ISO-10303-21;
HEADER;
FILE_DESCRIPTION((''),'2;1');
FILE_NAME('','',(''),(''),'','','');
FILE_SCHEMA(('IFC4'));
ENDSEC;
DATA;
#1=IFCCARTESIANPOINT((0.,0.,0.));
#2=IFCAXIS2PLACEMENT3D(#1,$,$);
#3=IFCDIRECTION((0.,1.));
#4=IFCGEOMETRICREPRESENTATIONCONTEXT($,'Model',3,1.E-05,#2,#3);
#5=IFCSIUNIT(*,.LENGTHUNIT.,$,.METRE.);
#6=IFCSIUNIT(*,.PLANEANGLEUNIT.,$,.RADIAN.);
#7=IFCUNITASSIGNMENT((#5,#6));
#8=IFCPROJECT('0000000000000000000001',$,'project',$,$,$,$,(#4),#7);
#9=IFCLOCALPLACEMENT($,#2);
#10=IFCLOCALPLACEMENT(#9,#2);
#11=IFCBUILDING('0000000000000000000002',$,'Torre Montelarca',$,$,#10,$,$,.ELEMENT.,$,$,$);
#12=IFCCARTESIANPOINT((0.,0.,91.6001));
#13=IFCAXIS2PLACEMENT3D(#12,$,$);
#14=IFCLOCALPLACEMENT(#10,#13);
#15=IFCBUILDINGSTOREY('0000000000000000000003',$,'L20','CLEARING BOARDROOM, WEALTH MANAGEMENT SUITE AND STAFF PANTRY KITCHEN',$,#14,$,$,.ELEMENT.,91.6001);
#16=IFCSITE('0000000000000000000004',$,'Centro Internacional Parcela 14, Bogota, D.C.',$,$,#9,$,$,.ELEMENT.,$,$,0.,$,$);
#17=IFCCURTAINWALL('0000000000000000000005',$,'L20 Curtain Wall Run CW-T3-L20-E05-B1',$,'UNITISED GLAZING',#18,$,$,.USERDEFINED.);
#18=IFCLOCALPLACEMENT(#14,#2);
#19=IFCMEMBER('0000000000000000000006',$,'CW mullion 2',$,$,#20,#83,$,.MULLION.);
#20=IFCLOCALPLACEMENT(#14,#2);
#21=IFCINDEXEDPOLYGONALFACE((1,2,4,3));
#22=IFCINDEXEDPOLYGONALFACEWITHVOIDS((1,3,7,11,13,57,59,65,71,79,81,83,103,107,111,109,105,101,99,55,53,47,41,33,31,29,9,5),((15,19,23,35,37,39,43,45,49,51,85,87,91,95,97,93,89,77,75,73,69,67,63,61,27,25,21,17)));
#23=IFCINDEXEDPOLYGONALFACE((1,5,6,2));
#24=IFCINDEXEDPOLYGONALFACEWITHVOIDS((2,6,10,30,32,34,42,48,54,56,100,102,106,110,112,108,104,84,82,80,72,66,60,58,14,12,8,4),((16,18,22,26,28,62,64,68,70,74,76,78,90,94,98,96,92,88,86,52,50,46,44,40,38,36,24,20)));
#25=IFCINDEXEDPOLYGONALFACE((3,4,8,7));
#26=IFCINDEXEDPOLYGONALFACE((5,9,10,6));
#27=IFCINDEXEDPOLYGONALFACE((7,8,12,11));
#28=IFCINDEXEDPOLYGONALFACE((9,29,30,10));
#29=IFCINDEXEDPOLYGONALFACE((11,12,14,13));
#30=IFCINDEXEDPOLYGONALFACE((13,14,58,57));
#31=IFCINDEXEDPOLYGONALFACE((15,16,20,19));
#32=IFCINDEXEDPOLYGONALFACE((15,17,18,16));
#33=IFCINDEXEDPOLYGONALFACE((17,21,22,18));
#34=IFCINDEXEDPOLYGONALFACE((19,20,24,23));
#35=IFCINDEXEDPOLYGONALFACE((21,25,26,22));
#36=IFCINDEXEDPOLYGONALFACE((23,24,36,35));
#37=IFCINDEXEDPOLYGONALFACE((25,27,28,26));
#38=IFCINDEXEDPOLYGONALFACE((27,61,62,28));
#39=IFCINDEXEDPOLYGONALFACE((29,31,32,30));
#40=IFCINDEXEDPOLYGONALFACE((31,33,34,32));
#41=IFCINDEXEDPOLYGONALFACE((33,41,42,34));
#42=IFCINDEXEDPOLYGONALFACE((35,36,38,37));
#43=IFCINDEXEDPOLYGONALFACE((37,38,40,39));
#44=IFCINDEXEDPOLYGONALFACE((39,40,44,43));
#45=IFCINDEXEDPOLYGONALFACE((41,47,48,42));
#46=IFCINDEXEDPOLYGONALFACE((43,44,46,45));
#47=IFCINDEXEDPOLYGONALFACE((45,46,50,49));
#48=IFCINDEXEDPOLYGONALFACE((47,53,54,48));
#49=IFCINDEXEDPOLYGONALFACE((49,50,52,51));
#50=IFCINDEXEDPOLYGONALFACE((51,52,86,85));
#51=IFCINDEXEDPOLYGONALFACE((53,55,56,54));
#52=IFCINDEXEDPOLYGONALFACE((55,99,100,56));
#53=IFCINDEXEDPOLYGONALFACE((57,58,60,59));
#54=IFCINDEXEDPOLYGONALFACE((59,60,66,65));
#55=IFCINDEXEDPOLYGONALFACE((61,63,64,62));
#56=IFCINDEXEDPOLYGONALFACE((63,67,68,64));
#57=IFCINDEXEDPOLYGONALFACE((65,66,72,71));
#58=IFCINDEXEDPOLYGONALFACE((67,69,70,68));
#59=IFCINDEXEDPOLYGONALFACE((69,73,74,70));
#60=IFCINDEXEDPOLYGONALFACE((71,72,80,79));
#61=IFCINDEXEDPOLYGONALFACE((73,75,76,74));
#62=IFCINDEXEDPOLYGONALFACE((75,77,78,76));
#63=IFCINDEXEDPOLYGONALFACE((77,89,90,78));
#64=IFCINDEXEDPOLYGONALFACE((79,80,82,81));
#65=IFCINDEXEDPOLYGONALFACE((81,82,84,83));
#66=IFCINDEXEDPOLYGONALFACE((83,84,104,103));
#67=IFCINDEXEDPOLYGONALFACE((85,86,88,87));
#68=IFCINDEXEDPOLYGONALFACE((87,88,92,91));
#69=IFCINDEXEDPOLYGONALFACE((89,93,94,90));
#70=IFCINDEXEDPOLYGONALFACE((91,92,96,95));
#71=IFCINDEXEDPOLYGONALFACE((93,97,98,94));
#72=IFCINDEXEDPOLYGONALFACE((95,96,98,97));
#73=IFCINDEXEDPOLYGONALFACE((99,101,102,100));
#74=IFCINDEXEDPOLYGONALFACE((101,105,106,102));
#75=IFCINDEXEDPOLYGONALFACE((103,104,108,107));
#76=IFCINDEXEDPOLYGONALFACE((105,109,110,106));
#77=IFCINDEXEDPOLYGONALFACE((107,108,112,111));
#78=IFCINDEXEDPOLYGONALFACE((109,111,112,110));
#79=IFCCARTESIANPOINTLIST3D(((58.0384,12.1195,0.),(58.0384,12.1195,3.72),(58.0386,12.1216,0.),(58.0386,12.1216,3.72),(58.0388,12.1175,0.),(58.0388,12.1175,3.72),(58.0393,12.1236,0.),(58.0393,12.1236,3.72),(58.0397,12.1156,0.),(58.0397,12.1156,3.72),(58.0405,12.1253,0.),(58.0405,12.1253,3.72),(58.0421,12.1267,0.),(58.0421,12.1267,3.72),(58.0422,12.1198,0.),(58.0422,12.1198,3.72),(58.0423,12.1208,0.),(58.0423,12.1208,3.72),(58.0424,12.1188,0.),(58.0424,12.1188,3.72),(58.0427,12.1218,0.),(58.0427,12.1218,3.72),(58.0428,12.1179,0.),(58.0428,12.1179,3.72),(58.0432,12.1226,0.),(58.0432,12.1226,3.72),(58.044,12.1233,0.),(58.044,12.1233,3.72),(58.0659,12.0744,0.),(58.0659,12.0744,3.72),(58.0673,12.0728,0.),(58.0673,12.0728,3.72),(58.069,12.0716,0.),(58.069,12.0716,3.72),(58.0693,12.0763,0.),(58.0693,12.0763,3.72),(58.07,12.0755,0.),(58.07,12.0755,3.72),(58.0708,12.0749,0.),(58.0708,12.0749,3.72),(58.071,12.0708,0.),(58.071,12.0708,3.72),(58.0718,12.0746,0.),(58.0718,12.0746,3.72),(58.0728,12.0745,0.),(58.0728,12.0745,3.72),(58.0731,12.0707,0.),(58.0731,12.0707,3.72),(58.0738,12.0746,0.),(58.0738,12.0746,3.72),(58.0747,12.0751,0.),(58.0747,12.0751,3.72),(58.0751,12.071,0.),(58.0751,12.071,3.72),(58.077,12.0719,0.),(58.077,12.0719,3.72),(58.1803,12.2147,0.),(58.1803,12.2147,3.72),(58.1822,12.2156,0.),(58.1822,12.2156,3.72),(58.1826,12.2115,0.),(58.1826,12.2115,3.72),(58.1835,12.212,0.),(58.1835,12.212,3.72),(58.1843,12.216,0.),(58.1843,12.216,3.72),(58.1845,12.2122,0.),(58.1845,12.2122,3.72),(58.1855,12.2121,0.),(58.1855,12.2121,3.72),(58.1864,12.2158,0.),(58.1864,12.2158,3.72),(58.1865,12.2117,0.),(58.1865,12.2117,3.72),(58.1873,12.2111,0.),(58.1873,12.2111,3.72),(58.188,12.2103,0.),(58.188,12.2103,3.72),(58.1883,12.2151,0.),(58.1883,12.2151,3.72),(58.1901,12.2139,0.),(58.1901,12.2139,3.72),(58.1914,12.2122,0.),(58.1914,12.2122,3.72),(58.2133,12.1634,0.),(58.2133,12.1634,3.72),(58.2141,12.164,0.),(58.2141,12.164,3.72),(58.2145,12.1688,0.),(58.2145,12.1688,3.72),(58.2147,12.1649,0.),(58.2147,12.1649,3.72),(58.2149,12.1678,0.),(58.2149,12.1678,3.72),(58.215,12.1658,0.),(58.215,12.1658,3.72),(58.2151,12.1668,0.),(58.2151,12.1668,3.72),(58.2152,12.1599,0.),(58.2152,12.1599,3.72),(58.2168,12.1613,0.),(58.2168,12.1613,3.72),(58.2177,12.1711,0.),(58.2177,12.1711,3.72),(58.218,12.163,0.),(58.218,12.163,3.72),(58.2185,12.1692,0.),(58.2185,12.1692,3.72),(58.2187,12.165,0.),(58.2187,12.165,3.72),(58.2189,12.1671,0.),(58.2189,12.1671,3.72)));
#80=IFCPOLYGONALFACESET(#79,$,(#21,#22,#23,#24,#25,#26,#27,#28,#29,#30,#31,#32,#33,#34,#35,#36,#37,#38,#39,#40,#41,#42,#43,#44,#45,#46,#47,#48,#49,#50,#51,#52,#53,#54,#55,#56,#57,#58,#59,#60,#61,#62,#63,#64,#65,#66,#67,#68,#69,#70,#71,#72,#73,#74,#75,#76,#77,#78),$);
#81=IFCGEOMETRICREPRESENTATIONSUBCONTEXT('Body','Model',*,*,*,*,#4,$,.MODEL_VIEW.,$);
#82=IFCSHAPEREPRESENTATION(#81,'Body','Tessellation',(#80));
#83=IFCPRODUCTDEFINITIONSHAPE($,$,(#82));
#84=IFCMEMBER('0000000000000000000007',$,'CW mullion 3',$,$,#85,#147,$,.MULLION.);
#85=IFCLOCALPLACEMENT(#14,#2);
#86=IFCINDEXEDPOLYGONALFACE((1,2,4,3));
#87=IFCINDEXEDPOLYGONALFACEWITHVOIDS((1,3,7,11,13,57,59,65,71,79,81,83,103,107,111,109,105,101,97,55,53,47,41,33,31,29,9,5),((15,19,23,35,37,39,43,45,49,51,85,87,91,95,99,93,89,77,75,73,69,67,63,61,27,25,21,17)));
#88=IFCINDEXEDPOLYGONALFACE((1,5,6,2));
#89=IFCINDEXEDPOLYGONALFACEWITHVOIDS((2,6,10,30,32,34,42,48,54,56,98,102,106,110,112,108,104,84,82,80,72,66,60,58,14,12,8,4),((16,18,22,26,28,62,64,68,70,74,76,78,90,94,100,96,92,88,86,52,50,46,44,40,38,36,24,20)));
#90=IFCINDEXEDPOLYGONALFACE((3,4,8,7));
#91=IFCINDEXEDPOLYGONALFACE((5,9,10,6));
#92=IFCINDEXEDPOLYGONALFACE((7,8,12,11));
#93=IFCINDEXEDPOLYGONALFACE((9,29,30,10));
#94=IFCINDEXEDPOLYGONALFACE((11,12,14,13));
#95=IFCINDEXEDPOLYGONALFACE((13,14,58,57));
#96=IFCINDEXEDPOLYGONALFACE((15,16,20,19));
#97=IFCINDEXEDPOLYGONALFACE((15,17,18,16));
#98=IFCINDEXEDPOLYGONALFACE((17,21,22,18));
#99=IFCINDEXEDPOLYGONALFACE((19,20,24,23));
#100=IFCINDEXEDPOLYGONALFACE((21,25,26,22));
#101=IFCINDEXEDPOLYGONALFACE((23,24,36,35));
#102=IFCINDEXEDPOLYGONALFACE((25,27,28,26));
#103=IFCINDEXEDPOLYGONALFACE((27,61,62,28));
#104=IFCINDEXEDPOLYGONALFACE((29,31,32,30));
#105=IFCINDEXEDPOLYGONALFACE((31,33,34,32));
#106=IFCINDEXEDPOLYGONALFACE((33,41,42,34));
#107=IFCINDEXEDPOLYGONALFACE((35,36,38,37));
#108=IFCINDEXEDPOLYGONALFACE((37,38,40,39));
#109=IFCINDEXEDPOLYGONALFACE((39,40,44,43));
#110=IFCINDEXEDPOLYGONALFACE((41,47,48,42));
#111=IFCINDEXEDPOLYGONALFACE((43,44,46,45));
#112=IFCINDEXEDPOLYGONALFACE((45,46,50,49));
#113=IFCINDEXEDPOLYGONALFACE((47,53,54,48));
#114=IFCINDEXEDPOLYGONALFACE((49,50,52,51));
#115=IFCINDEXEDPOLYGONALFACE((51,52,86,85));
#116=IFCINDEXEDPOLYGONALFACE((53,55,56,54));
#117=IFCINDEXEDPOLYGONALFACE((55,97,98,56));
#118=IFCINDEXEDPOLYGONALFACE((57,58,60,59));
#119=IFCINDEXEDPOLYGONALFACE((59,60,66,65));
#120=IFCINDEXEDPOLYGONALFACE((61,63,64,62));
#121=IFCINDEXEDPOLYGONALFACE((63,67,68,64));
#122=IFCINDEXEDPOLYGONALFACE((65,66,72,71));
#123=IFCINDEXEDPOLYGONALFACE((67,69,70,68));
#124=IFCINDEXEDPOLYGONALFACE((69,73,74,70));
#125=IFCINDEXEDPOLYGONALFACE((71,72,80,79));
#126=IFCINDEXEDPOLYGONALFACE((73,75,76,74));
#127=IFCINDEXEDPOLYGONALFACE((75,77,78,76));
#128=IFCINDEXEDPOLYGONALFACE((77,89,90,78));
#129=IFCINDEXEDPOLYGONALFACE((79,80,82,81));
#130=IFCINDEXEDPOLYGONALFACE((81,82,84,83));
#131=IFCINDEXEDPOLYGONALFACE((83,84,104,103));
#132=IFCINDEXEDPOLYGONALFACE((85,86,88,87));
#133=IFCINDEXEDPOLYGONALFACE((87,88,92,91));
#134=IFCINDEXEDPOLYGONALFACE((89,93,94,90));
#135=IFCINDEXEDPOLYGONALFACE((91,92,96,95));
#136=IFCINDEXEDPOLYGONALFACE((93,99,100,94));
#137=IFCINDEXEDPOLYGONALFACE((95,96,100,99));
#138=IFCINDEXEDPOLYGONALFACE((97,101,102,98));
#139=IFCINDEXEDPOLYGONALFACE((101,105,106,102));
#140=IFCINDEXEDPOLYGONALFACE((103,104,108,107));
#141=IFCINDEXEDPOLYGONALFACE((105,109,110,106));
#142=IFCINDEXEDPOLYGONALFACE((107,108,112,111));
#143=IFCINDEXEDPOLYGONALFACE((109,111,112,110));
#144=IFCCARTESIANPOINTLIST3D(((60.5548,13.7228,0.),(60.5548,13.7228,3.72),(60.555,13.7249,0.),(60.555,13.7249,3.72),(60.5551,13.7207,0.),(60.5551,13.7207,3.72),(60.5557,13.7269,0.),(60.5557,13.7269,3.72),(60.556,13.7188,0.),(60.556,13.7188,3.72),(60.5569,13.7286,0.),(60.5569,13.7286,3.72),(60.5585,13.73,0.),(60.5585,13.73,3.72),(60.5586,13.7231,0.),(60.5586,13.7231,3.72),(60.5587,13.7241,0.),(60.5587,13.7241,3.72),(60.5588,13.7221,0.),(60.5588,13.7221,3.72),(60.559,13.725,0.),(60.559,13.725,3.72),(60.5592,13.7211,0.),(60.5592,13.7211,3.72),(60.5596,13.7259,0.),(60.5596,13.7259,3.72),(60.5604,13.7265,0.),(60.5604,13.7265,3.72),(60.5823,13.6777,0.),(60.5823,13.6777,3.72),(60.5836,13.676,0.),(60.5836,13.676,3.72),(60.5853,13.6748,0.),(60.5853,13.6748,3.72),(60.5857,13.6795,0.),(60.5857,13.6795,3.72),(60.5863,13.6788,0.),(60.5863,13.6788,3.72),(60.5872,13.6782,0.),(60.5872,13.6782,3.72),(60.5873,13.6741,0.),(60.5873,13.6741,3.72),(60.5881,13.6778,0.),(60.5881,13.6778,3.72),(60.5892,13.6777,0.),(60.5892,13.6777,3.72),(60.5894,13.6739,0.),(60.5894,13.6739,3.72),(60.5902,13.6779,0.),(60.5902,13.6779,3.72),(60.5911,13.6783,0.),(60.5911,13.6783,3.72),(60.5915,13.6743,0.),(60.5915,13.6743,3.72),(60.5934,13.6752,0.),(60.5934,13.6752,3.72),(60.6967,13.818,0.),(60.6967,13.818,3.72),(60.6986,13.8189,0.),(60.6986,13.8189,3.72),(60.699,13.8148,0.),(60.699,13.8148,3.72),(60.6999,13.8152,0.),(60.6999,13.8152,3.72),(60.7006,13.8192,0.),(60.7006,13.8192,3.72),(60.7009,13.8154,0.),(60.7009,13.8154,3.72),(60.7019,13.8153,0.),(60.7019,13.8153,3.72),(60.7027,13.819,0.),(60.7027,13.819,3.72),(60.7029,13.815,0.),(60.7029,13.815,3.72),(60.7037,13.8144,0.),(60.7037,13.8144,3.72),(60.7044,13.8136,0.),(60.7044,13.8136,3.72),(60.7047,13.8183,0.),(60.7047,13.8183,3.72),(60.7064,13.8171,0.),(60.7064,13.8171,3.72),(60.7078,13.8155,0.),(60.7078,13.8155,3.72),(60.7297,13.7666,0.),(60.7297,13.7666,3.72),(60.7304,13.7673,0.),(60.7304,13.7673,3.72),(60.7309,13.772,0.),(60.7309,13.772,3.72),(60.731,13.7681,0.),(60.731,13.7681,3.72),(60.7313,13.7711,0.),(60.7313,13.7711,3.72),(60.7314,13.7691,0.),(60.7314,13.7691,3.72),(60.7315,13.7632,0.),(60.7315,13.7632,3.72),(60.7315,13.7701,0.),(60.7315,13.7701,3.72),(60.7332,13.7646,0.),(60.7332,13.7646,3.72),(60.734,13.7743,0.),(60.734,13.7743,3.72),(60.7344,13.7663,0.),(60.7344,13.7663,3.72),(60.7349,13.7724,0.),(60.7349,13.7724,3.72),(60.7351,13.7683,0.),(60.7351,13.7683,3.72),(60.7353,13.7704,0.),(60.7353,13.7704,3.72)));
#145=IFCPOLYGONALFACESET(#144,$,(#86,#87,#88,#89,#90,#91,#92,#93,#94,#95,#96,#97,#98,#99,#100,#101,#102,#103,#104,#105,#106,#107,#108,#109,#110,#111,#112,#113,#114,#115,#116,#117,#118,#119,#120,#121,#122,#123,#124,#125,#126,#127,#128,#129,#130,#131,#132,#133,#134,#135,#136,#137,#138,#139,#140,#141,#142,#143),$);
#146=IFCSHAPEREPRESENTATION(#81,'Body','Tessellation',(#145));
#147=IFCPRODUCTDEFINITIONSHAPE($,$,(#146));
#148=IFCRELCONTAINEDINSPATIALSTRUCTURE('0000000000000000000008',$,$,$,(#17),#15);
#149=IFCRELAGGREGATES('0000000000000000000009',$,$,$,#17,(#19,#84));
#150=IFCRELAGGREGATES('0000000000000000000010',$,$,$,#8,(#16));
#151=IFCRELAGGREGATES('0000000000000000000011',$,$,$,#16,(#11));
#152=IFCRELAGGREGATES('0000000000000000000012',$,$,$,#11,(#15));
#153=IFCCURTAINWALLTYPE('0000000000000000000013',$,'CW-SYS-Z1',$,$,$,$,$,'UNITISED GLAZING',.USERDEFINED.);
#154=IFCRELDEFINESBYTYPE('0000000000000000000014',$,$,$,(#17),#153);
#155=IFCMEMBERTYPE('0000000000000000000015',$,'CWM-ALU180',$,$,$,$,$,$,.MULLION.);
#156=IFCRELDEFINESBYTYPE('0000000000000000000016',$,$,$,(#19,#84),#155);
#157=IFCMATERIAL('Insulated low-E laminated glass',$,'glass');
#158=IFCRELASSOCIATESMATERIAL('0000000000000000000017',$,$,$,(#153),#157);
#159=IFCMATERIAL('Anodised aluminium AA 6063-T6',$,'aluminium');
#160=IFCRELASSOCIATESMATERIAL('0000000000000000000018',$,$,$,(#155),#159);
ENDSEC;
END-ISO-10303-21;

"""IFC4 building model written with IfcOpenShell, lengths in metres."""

from ifc_helpers import new_model, si_unit, direction, frame, origin, origin_2d, place, context, subcontext, project, spatial, hollow_rectangle, extrude, source, transform, mapped, material, material_profile, profile_set, type_object, element, aggregate, save


model = new_model("IFC4")

# Units and contexts
model_context = context("Model", 3, precision=1e-05, world=origin(), true_north=direction((0.0, 1.0)))
body_context = subcontext(model_context, "Body", "Model", "MODEL_VIEW")
ifc_project = project(units=[si_unit("LENGTHUNIT", "METRE"), si_unit("PLANEANGLEUNIT", "RADIAN")], contexts=[model_context])

# Site, building, storey
site_placement = place(None, origin())
site = spatial("IfcSite", under=ifc_project, at=site_placement, Name="Centro Internacional Parcela 14, Bogota, D.C.", CompositionType="ELEMENT", RefElevation=0.0)
building_placement = place(site_placement, origin())
building = spatial("IfcBuilding", under=site, at=building_placement, Name="Torre Montelarca", CompositionType="ELEMENT")
storey_placement = place(building_placement, frame((0.0, 0.0, 91.6001)))
storey = spatial("IfcBuildingStorey", under=building, at=storey_placement, Name="L20", Description="CLEARING BOARDROOM, WEALTH MANAGEMENT SUITE AND STAFF PANTRY KITCHEN", CompositionType="ELEMENT", Elevation=91.6001)

# Curtain wall
ifc_material_1 = material(Name="Insulated low-E laminated glass", Category="glass")
curtain_wall_type = type_object("IfcCurtainWallType", Name="CW-SYS-Z1", ElementType="UNITISED GLAZING", PredefinedType="USERDEFINED", material=ifc_material_1)
ifc_material_2 = material(Name="Anodised aluminium AA 6063-T6", Category="aluminium")
curtain_wall_1_placement = place(storey_placement, origin())
curtain_wall_1 = element("IfcCurtainWall", 1, at=curtain_wall_1_placement, inside=storey, type_object=curtain_wall_type, Name="L20 Curtain Wall Run CW-T3-L20-E05-B1", ObjectType="UNITISED GLAZING", PredefinedType="USERDEFINED")

# Members
ifc_material_profile_1 = material_profile(ifc_material_2, hollow_rectangle(XDim=0.0649, YDim=0.1799, WallThickness=0.0039, InnerFilletRadius=0.0039, OuterFilletRadius=0.0081, at=origin_2d()), Name="ALU65X180X4", Category="aluminium")
ifc_profile_set_1 = profile_set([ifc_material_profile_1], Name="Anodised aluminium AA 6063-T6")
member_type_1 = type_object("IfcMemberType", Name="CWM-ALU180", PredefinedType="MULLION", material=ifc_profile_set_1)
shared_shape_1 = source(origin(), body_context, "Body", "SweptSolid", [
    extrude(hollow_rectangle(XDim=0.0649, YDim=0.1799, WallThickness=0.0039, InnerFilletRadius=0.0039, OuterFilletRadius=0.0081, at=origin_2d()), origin(), (0.0, 0.0, 1.0), 3.72),
])
member_1_placement = place(storey_placement, frame((58.1287, 12.1433, 0.0), z_axis=(0.0, 0.0, 1.0), x_axis=(-0.537304, 0.843388, 0.0)))
member_1 = element("IfcMember", 2, at=member_1_placement, type_object=member_type_1, Name="CW mullion 2", PredefinedType="MULLION", context=body_context, shape_type="MappedRepresentation", body=[
    mapped(shared_shape_1, transform((0.0, 0.0, 0.0), scale=1.0)),
])
member_2_placement = place(storey_placement, frame((60.645, 13.7466, 0.0), z_axis=(0.0, 0.0, 1.0), x_axis=(-0.537304, 0.843388, 0.0)))
member_2 = element("IfcMember", 3, at=member_2_placement, type_object=member_type_1, Name="CW mullion 3", PredefinedType="MULLION", context=body_context, shape_type="MappedRepresentation", body=[
    mapped(shared_shape_1, transform((0.0, 0.0, 0.0), scale=1.0)),
])

aggregate(curtain_wall_1, [member_1, member_2])

save(model, "model.ifc")
